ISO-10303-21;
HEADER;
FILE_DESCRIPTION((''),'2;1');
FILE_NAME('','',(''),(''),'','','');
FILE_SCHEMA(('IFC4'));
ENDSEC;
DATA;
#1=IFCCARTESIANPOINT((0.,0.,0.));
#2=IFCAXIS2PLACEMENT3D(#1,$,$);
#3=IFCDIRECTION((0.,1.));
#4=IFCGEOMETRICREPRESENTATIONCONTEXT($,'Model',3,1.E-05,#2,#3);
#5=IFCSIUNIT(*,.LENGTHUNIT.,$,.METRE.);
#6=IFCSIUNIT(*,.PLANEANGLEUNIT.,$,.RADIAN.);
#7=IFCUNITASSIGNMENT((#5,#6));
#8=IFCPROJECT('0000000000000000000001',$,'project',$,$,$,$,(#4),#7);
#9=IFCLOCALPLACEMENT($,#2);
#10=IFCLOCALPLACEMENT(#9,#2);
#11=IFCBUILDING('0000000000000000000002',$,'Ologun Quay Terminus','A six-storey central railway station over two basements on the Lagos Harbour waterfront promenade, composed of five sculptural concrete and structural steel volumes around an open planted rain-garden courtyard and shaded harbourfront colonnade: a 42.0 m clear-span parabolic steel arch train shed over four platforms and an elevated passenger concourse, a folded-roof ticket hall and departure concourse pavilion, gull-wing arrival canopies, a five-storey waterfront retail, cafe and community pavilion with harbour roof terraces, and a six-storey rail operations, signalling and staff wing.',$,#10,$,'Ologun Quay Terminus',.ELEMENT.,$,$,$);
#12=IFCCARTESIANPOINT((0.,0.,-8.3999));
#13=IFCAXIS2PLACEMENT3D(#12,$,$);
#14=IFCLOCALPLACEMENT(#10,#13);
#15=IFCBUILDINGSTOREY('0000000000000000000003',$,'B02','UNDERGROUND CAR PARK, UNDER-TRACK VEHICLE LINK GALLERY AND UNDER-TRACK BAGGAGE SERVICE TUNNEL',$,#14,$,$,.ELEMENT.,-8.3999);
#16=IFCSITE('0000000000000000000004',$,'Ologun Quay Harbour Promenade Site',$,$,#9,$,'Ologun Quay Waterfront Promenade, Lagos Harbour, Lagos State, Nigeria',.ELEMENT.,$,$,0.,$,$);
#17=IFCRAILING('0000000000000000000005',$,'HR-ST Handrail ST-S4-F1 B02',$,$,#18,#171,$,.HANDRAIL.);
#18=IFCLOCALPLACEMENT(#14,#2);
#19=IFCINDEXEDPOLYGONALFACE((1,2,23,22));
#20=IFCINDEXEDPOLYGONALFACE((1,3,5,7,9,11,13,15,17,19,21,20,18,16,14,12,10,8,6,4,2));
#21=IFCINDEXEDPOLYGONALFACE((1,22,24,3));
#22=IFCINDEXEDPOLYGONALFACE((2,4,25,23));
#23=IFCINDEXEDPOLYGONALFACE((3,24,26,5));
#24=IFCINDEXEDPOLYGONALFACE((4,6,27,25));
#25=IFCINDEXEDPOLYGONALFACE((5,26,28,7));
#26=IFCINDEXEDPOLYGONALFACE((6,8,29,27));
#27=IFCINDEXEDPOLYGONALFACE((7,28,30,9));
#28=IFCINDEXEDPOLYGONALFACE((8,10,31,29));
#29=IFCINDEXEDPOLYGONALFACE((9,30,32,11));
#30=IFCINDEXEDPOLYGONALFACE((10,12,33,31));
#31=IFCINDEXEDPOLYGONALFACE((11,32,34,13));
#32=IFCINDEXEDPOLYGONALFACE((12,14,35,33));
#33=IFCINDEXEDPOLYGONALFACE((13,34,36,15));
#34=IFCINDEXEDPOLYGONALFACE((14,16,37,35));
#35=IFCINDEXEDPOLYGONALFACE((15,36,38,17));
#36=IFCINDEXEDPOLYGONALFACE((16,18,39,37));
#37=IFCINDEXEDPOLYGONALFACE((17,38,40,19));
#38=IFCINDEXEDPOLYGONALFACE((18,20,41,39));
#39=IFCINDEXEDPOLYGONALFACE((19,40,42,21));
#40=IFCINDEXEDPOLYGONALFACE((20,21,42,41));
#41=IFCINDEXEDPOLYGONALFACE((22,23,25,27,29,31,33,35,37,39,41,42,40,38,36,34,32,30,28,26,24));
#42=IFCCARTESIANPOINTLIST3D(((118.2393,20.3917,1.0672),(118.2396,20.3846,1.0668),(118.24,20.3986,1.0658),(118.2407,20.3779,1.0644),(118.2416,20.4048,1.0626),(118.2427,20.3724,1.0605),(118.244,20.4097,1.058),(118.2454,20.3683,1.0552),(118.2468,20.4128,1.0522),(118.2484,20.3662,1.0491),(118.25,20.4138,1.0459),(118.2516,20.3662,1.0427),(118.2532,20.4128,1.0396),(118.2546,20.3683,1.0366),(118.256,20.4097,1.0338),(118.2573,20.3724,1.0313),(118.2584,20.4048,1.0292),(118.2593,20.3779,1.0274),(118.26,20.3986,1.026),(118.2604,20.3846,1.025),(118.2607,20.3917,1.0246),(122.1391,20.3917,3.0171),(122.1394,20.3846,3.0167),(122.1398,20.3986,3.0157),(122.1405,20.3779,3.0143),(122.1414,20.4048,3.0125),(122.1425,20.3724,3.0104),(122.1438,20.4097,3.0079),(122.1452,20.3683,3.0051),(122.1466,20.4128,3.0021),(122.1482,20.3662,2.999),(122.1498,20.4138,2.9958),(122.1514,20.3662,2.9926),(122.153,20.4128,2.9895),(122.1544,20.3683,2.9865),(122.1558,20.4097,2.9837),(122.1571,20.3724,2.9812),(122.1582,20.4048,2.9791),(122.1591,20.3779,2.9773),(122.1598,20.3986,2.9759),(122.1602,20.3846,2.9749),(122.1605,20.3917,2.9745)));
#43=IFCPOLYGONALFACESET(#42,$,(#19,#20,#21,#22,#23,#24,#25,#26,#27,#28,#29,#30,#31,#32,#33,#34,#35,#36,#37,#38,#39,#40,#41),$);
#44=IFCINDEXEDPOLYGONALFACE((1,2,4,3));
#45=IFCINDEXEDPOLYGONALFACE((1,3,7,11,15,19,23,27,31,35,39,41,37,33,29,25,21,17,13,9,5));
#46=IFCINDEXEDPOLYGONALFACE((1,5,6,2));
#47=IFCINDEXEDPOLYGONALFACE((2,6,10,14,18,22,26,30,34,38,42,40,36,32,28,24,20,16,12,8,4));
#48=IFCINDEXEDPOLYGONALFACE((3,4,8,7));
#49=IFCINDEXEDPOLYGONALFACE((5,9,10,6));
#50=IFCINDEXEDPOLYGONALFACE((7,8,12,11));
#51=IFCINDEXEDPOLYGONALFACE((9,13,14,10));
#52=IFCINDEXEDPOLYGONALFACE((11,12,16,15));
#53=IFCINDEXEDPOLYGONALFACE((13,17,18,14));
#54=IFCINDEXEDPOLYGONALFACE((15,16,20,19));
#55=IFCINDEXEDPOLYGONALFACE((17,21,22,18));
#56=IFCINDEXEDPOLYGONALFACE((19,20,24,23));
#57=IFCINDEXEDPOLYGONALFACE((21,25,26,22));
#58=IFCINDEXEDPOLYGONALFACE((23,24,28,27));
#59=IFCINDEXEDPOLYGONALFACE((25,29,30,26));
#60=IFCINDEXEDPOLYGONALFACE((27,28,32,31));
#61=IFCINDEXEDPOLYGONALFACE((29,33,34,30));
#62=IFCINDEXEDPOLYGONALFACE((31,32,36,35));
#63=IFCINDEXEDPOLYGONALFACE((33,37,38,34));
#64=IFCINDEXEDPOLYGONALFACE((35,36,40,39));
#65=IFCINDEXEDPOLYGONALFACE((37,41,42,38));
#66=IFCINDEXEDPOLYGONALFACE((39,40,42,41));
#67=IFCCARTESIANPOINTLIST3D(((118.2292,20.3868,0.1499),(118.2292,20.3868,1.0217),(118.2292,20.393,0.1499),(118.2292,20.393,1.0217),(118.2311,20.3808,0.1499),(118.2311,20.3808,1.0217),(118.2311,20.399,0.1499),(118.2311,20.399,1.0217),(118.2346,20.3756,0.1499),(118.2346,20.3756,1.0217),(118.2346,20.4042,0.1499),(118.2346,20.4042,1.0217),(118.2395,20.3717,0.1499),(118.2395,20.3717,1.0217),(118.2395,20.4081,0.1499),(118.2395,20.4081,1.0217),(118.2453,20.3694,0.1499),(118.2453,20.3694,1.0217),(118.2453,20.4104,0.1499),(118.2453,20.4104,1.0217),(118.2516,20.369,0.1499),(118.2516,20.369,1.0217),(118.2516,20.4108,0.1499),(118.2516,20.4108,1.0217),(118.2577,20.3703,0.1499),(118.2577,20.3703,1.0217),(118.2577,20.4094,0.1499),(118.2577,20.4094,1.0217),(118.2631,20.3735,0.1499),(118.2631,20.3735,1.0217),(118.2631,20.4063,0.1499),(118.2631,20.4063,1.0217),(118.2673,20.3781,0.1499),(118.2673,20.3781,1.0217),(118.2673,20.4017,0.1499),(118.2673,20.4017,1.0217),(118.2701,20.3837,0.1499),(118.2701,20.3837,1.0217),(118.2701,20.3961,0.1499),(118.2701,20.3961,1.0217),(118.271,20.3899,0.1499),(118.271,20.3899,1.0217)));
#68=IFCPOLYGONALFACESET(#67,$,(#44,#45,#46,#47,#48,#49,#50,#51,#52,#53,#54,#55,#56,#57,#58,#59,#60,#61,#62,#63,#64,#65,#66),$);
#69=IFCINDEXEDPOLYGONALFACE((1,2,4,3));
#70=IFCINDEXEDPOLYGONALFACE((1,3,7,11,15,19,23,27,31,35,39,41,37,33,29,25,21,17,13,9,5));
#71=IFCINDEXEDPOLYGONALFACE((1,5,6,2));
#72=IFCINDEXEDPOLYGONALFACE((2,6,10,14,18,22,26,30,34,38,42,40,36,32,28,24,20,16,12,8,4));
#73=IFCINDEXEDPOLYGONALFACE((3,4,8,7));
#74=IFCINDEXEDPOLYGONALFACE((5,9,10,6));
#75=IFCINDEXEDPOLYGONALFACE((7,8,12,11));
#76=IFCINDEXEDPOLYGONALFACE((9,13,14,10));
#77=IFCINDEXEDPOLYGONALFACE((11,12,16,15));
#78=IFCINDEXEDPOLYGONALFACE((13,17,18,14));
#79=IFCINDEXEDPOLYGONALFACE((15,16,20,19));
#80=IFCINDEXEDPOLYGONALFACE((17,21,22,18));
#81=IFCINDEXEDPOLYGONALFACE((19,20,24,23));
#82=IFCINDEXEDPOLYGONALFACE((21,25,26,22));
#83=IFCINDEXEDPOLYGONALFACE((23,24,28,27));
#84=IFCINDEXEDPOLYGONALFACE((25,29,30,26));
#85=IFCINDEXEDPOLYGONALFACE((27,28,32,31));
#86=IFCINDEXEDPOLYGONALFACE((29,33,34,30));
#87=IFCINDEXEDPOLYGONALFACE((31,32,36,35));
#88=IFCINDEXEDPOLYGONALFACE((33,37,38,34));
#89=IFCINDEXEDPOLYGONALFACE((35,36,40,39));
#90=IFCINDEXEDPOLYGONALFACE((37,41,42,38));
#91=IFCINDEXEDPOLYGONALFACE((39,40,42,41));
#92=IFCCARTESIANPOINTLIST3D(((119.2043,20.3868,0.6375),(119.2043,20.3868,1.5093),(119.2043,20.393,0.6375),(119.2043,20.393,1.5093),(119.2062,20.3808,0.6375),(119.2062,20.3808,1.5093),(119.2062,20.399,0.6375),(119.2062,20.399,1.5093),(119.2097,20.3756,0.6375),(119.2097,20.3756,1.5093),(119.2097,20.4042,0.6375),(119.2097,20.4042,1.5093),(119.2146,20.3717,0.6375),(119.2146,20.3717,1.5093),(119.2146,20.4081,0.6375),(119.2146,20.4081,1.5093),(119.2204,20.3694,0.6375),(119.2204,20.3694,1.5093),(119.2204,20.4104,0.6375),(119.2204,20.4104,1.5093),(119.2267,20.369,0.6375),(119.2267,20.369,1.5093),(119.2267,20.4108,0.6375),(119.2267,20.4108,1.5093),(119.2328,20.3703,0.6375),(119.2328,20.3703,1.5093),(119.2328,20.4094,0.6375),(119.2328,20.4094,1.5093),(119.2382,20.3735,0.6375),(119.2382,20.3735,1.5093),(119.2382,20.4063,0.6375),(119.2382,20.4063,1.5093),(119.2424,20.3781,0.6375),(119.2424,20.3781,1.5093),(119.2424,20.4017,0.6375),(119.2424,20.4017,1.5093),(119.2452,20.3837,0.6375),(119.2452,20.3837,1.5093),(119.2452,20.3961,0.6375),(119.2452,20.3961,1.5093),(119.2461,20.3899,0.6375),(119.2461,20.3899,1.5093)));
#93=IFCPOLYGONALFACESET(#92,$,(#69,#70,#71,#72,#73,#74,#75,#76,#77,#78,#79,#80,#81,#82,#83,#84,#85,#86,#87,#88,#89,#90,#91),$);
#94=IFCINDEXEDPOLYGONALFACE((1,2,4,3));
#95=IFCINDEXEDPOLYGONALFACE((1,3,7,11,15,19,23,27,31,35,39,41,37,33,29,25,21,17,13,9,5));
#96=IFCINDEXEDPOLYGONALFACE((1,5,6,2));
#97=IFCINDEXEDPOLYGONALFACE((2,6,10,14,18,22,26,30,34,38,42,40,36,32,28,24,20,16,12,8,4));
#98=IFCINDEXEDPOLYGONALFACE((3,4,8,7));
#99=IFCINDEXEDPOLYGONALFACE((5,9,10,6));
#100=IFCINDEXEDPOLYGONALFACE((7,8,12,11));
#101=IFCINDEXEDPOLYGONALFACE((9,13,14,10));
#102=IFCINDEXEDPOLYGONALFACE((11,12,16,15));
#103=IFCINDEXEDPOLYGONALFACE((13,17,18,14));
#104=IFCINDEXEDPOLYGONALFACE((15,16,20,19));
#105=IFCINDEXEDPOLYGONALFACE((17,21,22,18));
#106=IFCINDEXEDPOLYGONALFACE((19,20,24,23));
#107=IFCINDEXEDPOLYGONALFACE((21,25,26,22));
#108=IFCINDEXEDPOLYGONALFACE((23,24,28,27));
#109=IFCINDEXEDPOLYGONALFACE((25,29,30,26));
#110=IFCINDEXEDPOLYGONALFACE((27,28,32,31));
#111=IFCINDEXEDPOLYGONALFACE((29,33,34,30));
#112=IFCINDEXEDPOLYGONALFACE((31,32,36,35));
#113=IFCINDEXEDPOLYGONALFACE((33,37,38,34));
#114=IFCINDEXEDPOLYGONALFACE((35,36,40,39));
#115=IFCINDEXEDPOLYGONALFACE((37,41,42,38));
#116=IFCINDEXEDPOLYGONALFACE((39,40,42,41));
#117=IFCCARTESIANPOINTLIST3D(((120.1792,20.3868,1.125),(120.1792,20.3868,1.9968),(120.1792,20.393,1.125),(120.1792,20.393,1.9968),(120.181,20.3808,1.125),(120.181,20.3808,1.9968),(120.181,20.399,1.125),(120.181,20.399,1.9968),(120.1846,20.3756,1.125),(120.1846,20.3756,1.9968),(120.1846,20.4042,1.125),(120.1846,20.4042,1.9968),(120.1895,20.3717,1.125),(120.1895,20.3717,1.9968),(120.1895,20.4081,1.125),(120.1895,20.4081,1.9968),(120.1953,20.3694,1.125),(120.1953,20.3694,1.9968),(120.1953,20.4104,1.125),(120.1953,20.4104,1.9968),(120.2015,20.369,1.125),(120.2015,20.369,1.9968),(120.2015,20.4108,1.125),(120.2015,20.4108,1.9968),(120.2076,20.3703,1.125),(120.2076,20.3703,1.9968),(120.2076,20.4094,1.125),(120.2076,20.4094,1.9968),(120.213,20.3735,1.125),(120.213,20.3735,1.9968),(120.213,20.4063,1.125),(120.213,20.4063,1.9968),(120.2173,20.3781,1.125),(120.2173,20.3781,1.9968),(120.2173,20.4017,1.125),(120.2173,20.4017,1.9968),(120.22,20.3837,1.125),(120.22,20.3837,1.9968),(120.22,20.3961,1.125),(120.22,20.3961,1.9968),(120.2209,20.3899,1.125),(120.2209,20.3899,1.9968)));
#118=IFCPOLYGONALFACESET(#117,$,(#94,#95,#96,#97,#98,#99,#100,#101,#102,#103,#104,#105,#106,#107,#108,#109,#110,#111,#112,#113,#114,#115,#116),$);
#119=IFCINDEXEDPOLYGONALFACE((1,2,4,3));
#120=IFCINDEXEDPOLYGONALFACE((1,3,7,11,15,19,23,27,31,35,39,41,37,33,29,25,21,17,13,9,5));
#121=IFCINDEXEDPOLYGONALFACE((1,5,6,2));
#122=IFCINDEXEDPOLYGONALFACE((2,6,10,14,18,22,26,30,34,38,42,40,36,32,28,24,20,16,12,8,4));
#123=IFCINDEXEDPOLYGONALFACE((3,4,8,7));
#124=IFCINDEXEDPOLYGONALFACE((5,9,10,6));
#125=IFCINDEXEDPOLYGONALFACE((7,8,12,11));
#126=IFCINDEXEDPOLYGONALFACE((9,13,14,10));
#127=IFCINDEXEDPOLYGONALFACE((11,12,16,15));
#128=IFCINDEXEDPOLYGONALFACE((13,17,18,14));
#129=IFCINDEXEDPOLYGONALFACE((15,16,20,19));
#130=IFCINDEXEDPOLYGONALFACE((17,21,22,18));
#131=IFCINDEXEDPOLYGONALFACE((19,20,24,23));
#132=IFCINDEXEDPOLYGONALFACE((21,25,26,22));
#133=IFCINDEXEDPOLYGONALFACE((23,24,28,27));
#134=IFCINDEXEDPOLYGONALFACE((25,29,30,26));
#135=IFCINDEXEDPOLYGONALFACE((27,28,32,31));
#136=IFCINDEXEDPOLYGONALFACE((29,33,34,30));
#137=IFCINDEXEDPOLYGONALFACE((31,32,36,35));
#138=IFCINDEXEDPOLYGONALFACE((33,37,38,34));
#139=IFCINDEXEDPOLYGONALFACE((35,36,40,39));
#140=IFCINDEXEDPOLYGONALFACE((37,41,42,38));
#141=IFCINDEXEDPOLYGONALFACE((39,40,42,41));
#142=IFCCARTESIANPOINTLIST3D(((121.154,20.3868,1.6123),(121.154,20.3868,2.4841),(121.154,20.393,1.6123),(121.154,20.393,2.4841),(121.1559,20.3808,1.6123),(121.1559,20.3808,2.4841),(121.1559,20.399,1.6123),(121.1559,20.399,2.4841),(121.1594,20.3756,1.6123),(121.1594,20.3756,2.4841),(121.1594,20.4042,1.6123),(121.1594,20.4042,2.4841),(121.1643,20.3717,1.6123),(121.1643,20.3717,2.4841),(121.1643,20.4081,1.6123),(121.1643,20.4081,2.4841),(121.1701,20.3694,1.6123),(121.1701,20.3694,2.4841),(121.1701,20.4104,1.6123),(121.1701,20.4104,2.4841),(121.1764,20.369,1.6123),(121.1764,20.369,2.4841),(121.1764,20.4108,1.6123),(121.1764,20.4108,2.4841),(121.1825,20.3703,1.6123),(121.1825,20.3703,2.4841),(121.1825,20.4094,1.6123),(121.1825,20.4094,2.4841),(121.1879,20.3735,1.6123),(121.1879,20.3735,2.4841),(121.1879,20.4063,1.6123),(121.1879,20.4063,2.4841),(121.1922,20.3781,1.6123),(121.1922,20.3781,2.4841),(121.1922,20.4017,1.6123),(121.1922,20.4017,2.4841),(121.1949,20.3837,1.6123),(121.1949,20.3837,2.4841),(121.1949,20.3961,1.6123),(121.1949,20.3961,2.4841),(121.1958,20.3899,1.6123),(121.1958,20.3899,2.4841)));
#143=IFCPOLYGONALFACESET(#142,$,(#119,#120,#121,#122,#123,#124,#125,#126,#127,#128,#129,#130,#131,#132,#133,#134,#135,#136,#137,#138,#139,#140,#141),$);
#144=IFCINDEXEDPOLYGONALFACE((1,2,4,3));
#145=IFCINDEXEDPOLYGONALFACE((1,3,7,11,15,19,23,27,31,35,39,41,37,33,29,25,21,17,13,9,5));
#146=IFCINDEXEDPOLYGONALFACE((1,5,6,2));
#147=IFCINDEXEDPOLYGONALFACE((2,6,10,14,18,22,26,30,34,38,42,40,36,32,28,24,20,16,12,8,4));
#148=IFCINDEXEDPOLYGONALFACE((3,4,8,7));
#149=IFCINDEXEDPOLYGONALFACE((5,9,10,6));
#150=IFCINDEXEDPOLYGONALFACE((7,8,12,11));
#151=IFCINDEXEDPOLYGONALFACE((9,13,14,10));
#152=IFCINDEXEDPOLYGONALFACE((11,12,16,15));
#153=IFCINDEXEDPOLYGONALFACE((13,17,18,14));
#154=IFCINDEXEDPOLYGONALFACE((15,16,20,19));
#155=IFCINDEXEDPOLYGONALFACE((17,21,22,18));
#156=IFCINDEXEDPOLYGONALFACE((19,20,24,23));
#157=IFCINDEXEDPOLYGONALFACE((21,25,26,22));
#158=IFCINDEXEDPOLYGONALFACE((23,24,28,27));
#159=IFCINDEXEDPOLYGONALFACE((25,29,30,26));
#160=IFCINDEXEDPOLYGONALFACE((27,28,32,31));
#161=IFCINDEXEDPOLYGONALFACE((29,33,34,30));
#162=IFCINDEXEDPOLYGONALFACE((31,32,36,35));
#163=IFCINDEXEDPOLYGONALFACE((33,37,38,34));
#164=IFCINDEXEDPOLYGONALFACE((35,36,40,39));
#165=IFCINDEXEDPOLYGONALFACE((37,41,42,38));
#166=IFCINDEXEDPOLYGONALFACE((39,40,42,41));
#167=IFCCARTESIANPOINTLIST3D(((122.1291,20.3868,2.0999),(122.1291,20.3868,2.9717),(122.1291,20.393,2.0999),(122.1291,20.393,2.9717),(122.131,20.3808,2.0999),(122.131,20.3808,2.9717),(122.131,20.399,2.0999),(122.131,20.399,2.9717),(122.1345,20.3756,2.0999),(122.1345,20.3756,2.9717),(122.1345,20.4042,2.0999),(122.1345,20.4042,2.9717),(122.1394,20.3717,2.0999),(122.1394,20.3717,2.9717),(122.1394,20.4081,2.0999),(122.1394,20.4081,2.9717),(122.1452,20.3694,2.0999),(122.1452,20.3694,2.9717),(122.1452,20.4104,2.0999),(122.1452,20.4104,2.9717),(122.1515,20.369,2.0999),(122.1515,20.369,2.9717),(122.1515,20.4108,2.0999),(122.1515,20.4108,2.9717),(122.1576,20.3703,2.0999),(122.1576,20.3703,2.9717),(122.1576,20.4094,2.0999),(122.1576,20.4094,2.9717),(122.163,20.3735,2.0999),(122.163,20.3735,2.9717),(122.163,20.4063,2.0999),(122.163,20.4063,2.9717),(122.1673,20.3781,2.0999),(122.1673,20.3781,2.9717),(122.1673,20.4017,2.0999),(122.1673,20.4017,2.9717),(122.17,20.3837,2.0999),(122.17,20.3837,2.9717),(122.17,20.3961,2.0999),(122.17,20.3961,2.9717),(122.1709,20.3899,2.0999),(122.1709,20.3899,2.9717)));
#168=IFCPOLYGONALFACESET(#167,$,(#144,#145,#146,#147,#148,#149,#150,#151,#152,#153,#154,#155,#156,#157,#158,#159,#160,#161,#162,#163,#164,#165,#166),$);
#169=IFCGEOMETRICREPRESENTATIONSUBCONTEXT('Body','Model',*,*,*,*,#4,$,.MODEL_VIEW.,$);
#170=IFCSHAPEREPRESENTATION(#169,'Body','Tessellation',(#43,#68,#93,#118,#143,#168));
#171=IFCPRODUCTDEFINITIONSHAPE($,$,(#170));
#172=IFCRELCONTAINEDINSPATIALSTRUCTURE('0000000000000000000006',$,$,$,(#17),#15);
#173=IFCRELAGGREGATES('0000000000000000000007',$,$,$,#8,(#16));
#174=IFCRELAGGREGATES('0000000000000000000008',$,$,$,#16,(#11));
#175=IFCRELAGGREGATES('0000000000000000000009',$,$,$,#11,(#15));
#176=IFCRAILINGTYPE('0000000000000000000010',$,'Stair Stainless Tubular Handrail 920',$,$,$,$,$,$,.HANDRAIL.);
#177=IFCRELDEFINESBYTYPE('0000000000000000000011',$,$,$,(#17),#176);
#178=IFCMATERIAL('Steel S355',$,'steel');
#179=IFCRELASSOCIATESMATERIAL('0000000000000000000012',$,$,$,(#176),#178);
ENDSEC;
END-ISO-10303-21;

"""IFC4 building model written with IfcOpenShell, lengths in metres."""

from ifc_helpers import new_model, si_unit, direction, frame, origin, origin_2d, place, context, subcontext, project, spatial, circle, extrude, material, type_object, element, save


model = new_model("IFC4")

# Units and contexts
model_context = context("Model", 3, precision=1e-05, world=origin(), true_north=direction((0.0, 1.0)))
body_context = subcontext(model_context, "Body", "Model", "MODEL_VIEW")
ifc_project = project(units=[si_unit("LENGTHUNIT", "METRE"), si_unit("PLANEANGLEUNIT", "RADIAN")], contexts=[model_context])

# Site, building, storey
site_placement = place(None, origin())
site = spatial("IfcSite", under=ifc_project, at=site_placement, Name="Ologun Quay Harbour Promenade Site", LongName="Ologun Quay Waterfront Promenade, Lagos Harbour, Lagos State, Nigeria", CompositionType="ELEMENT", RefElevation=0.0)
building_placement = place(site_placement, origin())
building = spatial("IfcBuilding", under=site, at=building_placement, Name="Ologun Quay Terminus", Description="A six-storey central railway station over two basements on the Lagos Harbour waterfront promenade, composed of five sculptural concrete and structural steel volumes around an open planted rain-garden courtyard and shaded harbourfront colonnade: a 42.0 m clear-span parabolic steel arch train shed over four platforms and an elevated passenger concourse, a folded-roof ticket hall and departure concourse pavilion, gull-wing arrival canopies, a five-storey waterfront retail, cafe and community pavilion with harbour roof terraces, and a six-storey rail operations, signalling and staff wing.", LongName="Ologun Quay Terminus", CompositionType="ELEMENT")
storey_placement = place(building_placement, frame((0.0, 0.0, -8.3999)))
storey = spatial("IfcBuildingStorey", under=building, at=storey_placement, Name="B02", Description="UNDERGROUND CAR PARK, UNDER-TRACK VEHICLE LINK GALLERY AND UNDER-TRACK BAGGAGE SERVICE TUNNEL", CompositionType="ELEMENT", Elevation=-8.3999)

# Railing
ifc_material_1 = material(Name="Steel S355", Category="steel")
railing_type_1 = type_object("IfcRailingType", Name="Stair Stainless Tubular Handrail 920", PredefinedType="HANDRAIL", material=ifc_material_1)
railing_1_placement = place(storey_placement, frame((118.25, 20.3899, 0.1499)))
element("IfcRailing", 1, at=railing_1_placement, inside=storey, type_object=railing_type_1, Name="HR-ST Handrail ST-S4-F1 B02", PredefinedType="HANDRAIL", context=body_context, shape_type="SweptSolid", body=[
    extrude(circle(Radius=0.0239, at=origin_2d()), frame((0.0, 0.0, 0.896), z_axis=(0.894427, 0.0, 0.447214), x_axis=(0.0, 1.0, 0.0)), (0.0, 0.0, 1.0), 4.3601),
    extrude(circle(Radius=0.021, at=origin_2d()), origin(), (0.0, 0.0, 1.0), 0.8718),
    extrude(circle(Radius=0.021, at=origin_2d()), frame((0.9751, 0.0, 0.4875)), (0.0, 0.0, 1.0), 0.8718),
    extrude(circle(Radius=0.021, at=origin_2d()), frame((1.95, 0.0, 0.9751)), (0.0, 0.0, 1.0), 0.8718),
    extrude(circle(Radius=0.021, at=origin_2d()), frame((2.9248, 0.0, 1.4624)), (0.0, 0.0, 1.0), 0.8718),
    extrude(circle(Radius=0.021, at=origin_2d()), frame((3.8999, 0.0, 1.95)), (0.0, 0.0, 1.0), 0.8718),
])

save(model, "model.ifc")
